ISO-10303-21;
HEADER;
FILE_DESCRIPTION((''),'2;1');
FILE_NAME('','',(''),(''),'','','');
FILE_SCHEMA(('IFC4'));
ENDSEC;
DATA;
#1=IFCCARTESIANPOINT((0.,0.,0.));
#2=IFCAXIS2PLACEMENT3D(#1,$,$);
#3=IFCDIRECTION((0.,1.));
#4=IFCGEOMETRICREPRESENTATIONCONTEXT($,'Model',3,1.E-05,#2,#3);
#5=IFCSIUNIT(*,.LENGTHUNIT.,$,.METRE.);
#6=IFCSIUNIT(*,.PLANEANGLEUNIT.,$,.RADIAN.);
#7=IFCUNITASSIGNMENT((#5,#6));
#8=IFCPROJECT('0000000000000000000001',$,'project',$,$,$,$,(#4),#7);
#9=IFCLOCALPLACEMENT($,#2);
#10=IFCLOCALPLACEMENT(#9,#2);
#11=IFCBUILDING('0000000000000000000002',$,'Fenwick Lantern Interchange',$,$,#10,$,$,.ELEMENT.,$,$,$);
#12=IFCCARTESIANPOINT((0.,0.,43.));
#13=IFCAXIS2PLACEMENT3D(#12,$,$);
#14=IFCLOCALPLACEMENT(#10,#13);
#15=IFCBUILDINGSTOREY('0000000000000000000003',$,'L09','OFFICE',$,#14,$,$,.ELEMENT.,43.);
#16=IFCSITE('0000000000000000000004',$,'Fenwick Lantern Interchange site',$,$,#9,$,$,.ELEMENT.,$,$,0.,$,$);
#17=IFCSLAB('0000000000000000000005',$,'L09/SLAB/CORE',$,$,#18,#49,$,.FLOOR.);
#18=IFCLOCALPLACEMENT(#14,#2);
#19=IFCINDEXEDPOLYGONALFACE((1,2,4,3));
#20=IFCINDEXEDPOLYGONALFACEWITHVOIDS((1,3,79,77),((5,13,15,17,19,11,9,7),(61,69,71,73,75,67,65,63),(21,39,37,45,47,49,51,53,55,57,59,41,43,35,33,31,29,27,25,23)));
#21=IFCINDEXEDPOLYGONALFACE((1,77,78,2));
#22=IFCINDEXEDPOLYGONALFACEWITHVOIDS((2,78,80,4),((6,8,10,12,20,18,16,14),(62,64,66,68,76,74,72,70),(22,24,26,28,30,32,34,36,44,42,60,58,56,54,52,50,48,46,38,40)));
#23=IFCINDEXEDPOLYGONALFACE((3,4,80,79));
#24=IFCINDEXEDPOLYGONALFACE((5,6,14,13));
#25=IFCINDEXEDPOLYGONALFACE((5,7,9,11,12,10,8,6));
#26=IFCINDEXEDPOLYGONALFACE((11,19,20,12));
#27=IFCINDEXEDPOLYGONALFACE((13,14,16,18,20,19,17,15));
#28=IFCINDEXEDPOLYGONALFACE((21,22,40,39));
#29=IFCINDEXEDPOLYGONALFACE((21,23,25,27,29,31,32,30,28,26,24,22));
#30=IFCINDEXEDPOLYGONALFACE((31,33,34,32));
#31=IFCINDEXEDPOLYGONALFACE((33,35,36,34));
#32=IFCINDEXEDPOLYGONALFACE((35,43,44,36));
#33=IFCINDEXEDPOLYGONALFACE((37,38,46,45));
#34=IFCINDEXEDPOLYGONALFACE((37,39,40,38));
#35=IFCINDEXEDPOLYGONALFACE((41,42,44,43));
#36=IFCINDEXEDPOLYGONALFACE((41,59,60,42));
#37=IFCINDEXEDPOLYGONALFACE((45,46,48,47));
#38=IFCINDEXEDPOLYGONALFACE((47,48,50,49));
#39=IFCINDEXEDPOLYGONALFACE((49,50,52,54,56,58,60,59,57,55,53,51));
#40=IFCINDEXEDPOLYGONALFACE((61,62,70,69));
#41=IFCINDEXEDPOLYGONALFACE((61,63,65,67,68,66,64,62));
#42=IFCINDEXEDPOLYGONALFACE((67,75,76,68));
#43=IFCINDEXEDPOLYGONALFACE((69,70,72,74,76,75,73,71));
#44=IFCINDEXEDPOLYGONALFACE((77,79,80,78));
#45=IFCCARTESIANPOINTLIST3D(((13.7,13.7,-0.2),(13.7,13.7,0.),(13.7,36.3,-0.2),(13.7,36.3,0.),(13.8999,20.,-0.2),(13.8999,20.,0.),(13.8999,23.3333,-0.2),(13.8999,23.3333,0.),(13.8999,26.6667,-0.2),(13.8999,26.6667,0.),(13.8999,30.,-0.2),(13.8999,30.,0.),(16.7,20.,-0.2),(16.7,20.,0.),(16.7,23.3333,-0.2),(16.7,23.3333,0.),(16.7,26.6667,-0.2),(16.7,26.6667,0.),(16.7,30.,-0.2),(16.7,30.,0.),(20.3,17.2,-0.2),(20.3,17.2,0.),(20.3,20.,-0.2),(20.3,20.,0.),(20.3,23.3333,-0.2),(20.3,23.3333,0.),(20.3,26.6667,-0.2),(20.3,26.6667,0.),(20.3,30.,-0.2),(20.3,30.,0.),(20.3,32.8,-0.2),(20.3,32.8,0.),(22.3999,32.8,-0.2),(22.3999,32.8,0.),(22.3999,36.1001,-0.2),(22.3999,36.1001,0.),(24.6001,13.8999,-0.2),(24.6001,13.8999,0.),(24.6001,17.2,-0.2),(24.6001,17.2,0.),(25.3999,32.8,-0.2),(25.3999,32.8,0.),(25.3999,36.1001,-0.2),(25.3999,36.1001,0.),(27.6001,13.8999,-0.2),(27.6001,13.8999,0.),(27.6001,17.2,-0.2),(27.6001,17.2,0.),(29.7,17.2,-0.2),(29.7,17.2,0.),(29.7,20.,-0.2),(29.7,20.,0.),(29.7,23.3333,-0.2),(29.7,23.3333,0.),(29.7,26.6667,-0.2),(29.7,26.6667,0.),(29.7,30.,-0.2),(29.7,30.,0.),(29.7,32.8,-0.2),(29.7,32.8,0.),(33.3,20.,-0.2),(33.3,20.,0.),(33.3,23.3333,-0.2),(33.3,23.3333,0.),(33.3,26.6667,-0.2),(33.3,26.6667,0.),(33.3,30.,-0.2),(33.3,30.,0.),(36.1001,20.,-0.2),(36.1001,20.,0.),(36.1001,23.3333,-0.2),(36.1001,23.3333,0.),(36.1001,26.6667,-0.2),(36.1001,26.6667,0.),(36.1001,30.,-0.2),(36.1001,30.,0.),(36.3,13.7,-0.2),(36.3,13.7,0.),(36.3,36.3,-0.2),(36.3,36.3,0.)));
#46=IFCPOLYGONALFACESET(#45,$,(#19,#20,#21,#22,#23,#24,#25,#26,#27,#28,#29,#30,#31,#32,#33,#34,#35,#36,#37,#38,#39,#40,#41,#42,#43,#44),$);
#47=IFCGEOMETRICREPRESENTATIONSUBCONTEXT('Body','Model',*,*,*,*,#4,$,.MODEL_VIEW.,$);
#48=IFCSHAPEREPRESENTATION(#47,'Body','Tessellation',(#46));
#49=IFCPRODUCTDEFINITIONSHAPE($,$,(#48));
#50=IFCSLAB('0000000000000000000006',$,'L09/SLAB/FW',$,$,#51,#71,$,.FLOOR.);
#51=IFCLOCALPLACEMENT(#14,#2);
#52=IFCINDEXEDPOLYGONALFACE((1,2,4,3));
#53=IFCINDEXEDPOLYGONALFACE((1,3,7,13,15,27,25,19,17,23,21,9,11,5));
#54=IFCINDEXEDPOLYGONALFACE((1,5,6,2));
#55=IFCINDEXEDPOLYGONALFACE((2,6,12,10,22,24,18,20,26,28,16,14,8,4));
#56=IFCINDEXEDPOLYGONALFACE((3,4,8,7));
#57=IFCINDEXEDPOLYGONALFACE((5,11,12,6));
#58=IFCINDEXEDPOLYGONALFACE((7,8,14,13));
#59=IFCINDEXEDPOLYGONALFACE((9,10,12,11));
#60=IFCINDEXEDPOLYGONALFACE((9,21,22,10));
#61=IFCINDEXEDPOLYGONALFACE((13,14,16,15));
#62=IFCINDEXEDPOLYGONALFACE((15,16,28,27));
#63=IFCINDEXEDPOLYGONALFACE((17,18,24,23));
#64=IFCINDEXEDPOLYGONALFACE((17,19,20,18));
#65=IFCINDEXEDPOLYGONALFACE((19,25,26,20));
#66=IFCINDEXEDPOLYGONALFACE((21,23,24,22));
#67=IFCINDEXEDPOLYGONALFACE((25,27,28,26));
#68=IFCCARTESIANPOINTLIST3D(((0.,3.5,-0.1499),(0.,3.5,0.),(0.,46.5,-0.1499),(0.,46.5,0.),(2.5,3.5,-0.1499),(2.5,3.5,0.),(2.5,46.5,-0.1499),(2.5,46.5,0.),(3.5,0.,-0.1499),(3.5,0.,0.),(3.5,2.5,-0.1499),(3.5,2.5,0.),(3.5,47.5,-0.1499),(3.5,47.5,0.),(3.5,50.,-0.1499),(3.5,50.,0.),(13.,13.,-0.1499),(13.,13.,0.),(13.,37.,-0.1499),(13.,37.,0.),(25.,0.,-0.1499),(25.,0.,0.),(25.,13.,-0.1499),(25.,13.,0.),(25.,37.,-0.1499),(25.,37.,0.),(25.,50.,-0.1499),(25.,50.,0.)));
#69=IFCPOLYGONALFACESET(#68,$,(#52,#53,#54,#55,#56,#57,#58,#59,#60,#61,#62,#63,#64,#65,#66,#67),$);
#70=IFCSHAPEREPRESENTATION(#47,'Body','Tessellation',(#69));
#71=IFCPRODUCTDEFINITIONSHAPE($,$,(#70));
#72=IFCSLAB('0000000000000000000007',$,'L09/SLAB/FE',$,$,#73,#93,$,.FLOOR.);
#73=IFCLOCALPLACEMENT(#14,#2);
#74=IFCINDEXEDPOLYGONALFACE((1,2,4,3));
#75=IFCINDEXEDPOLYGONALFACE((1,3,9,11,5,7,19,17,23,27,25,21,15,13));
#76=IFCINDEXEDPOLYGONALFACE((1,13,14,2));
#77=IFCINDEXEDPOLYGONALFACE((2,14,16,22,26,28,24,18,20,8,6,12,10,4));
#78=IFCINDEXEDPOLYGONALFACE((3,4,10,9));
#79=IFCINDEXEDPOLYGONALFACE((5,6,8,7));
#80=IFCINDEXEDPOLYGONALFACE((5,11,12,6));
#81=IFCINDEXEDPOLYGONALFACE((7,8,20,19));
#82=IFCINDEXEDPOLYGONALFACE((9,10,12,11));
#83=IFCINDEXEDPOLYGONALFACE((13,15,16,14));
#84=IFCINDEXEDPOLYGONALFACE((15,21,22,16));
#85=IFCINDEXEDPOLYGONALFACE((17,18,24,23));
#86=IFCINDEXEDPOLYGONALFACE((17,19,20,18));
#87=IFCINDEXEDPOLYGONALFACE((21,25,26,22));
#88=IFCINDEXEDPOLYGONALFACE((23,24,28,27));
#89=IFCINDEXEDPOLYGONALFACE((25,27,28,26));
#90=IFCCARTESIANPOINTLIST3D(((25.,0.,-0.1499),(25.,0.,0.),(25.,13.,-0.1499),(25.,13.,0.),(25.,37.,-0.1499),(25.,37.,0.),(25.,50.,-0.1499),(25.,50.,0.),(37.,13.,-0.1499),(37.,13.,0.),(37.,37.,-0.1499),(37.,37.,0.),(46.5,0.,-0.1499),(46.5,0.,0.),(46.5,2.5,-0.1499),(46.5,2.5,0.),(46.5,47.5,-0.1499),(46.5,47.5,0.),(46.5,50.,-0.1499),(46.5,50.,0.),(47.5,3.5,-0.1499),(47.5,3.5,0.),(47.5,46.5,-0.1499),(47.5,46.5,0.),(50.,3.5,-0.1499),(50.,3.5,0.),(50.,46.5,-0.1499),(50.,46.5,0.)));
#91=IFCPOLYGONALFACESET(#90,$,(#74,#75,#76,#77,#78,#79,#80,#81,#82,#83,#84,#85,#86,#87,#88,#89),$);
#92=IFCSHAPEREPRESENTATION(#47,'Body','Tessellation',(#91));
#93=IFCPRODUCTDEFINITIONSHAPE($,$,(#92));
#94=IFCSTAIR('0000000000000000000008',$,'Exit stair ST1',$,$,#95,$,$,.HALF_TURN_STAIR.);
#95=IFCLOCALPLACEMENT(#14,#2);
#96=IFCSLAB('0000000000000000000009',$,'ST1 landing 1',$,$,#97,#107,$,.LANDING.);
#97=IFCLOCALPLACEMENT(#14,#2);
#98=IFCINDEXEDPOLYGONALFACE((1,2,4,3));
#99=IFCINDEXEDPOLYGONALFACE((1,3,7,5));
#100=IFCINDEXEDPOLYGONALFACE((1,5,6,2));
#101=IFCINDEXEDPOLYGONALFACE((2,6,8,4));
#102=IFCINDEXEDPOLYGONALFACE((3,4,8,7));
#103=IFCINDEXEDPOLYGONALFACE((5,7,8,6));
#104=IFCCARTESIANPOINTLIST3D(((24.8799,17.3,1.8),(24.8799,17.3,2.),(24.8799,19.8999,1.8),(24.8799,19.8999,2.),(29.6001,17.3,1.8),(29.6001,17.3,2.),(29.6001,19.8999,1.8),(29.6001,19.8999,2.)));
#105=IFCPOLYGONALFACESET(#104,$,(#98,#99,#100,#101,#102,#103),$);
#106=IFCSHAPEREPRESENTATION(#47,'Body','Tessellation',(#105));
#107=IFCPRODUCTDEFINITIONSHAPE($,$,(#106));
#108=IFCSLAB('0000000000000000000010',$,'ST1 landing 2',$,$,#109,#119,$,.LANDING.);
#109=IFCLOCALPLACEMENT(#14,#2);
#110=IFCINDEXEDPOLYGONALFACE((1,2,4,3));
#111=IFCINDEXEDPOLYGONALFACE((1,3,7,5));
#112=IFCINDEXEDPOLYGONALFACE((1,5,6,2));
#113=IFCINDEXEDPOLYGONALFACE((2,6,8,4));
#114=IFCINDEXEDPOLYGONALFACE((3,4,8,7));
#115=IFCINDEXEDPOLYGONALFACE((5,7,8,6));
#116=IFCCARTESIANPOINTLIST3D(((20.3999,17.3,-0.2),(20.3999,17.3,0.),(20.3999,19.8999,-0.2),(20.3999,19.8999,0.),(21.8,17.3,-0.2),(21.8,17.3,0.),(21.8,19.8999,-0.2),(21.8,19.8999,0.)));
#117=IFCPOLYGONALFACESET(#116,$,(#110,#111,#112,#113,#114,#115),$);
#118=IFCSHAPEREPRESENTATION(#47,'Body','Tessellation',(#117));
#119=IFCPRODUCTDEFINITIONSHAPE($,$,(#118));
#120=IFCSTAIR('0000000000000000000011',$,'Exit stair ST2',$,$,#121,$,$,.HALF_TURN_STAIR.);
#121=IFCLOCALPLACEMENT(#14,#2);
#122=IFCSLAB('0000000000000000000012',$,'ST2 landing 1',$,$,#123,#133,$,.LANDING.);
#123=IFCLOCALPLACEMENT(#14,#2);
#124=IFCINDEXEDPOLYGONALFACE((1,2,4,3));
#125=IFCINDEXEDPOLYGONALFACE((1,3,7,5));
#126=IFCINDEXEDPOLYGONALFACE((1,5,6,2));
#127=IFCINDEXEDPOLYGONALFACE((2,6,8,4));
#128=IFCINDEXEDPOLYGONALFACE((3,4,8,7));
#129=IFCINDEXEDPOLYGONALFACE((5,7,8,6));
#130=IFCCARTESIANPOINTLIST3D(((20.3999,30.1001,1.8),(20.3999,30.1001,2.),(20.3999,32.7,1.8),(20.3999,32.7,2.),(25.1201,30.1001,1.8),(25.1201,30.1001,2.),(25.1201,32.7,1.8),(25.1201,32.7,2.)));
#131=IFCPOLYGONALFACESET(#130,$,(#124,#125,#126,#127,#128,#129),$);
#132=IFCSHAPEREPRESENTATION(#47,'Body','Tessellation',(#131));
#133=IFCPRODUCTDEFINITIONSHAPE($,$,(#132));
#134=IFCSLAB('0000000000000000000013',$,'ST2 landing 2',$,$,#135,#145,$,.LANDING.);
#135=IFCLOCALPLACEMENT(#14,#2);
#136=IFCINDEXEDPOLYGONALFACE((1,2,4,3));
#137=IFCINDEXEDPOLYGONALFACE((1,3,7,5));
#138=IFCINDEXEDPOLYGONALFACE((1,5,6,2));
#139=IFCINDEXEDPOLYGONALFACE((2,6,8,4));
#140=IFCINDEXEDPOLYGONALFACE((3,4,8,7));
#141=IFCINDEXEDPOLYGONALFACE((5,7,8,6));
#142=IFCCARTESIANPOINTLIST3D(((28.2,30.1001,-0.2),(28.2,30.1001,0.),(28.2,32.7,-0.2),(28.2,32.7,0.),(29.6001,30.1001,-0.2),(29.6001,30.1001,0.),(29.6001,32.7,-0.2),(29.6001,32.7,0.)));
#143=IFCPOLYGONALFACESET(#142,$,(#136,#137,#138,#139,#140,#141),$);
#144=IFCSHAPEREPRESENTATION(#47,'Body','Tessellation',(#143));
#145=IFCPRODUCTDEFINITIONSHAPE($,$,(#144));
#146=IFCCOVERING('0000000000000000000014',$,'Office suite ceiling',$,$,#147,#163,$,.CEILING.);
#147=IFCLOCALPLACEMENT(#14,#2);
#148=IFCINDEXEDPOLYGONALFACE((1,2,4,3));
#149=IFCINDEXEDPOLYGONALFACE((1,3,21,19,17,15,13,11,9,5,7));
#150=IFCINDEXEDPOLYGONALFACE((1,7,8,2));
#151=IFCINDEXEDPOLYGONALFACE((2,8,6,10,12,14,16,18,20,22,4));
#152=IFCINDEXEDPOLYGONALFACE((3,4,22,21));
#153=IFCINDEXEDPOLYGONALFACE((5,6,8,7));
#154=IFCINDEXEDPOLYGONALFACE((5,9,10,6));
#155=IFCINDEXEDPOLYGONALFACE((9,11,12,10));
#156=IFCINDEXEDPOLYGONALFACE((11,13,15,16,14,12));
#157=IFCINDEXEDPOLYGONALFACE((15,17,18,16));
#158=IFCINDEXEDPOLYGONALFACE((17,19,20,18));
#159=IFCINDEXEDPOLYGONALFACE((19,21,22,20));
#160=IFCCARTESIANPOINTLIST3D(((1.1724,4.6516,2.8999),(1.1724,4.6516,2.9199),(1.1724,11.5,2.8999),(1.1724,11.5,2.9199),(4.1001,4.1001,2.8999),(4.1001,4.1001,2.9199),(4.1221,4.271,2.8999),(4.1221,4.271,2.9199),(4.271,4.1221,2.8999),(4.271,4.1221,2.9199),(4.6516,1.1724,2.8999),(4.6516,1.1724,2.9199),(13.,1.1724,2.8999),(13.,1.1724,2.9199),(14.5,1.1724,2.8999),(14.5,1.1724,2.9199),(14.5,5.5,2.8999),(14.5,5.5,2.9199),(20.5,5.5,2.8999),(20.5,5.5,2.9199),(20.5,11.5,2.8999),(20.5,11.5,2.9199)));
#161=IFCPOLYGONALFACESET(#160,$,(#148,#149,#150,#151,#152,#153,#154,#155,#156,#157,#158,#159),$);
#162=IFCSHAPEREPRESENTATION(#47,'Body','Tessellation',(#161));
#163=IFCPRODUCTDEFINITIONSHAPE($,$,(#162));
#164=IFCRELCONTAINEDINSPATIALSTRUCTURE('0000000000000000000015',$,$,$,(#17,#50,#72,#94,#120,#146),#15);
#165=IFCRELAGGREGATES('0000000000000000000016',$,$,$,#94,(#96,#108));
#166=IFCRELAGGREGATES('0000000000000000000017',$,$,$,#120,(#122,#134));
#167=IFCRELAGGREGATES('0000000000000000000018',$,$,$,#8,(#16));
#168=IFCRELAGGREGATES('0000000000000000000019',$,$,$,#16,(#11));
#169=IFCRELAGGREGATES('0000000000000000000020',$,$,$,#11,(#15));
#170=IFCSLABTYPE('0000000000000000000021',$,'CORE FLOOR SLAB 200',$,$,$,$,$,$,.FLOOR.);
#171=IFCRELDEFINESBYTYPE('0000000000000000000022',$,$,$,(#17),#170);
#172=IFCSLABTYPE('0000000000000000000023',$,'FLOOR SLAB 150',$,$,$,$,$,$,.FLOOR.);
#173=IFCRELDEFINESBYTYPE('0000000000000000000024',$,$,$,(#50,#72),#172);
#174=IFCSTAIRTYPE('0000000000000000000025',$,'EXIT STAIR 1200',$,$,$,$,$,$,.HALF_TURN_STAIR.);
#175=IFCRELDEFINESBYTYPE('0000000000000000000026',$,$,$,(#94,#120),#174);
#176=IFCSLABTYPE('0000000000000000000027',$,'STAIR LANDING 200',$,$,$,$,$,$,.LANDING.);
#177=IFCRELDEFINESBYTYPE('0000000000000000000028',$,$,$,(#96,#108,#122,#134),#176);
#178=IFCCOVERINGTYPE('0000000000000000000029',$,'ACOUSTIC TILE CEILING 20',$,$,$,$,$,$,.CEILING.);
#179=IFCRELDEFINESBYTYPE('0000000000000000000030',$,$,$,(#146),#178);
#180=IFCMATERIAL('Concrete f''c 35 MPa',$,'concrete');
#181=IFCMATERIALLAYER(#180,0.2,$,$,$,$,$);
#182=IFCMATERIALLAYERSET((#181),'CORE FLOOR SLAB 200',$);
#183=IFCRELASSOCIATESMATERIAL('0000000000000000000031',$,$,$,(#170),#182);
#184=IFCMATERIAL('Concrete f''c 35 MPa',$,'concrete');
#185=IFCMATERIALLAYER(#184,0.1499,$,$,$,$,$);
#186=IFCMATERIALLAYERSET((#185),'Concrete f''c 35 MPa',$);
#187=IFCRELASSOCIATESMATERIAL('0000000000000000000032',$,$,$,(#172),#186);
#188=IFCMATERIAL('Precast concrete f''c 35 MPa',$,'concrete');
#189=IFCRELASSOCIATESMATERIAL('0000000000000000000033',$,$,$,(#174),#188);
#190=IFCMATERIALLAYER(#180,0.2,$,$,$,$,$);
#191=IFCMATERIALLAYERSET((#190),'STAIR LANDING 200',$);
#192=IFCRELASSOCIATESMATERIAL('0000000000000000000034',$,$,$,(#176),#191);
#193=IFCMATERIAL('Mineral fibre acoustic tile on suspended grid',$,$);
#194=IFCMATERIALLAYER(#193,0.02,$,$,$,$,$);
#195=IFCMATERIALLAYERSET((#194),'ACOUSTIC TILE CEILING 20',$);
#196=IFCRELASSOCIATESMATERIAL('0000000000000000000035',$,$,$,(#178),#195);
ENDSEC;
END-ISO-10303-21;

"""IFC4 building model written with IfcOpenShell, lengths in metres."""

from ifc_helpers import new_model, si_unit, direction, frame, origin, place, context, subcontext, project, spatial, polyline, outline, extrude, material, layer, layer_set, type_object, element, aggregate, save


model = new_model("IFC4")

# Units and contexts
model_context = context("Model", 3, precision=1e-05, world=origin(), true_north=direction((0.0, 1.0)))
body_context = subcontext(model_context, "Body", "Model", "MODEL_VIEW")
ifc_project = project(units=[si_unit("LENGTHUNIT", "METRE"), si_unit("PLANEANGLEUNIT", "RADIAN")], contexts=[model_context])

# Site, building, storey
site_placement = place(None, origin())
site = spatial("IfcSite", under=ifc_project, at=site_placement, Name="Fenwick Lantern Interchange site", CompositionType="ELEMENT", RefElevation=0.0)
building_placement = place(site_placement, origin())
building = spatial("IfcBuilding", under=site, at=building_placement, Name="Fenwick Lantern Interchange", CompositionType="ELEMENT")
storey_placement = place(building_placement, frame((0.0, 0.0, 43.0)))
storey = spatial("IfcBuildingStorey", under=building, at=storey_placement, Name="L09", Description="OFFICE", CompositionType="ELEMENT", Elevation=43.0)

# Slabs
ifc_material_1 = material(Name="Concrete f'c 35 MPa", Category="concrete")
ifc_layer_1 = layer(ifc_material_1, 0.2)
ifc_layer_set_1 = layer_set([ifc_layer_1], Name="CORE FLOOR SLAB 200")
slab_type_1 = type_object("IfcSlabType", Name="CORE FLOOR SLAB 200", PredefinedType="FLOOR", material=ifc_layer_set_1)
slab_1_placement = place(storey_placement, frame((0.0, 0.0, -0.2)))
element("IfcSlab", 1, at=slab_1_placement, inside=storey, type_object=slab_type_1, Name="L09/SLAB/CORE", PredefinedType="FLOOR", context=body_context, shape_type="SweptSolid", body=[
    extrude(outline(polyline([(13.7, 36.3), (36.3, 36.3), (36.3, 13.7), (13.7, 13.7), (13.7, 36.3)]), holes=[polyline([(13.8999, 20.0), (16.7, 20.0), (16.7, 23.3333), (16.7, 26.6667), (16.7, 30.0), (13.8999, 30.0), (13.8999, 26.6667), (13.8999, 23.3333), (13.8999, 20.0)]), polyline([(20.3, 20.0), (20.3, 17.2), (24.6001, 17.2), (24.6001, 13.8999), (27.6001, 13.8999), (27.6001, 17.2), (29.7, 17.2), (29.7, 20.0), (29.7, 23.3333), (29.7, 26.6667), (29.7, 30.0), (29.7, 32.8), (25.3999, 32.8), (25.3999, 36.1001), (22.3999, 36.1001), (22.3999, 32.8), (20.3, 32.8), (20.3, 30.0), (20.3, 26.6667), (20.3, 23.3333), (20.3, 20.0)]), polyline([(33.3, 23.3333), (33.3, 20.0), (36.1001, 20.0), (36.1001, 23.3333), (36.1001, 26.6667), (36.1001, 30.0), (33.3, 30.0), (33.3, 26.6667), (33.3, 23.3333)])]), origin(), (0.0, 0.0, 1.0), 0.2),
])
ifc_material_2 = material(Name="Concrete f'c 35 MPa", Category="concrete")
ifc_layer_2 = layer(ifc_material_2, 0.1499)
ifc_layer_set_2 = layer_set([ifc_layer_2], Name="Concrete f'c 35 MPa")
slab_type_2 = type_object("IfcSlabType", Name="FLOOR SLAB 150", PredefinedType="FLOOR", material=ifc_layer_set_2)
slab_2_placement = place(storey_placement, frame((0.0, 0.0, -0.1499)))
element("IfcSlab", 2, at=slab_2_placement, inside=storey, type_object=slab_type_2, Name="L09/SLAB/FW", PredefinedType="FLOOR", context=body_context, shape_type="SweptSolid", body=[
    extrude(outline(polyline([(3.5, 0.0), (3.5, 2.5), (2.5, 3.5), (0.0, 3.5), (0.0, 46.5), (2.5, 46.5), (3.5, 47.5), (3.5, 50.0), (25.0, 50.0), (25.0, 37.0), (13.0, 37.0), (13.0, 13.0), (25.0, 13.0), (25.0, 0.0), (3.5, 0.0)])), origin(), (0.0, 0.0, 1.0), 0.1499),
])
slab_3_placement = place(storey_placement, frame((0.0, 0.0, -0.1499)))
element("IfcSlab", 3, at=slab_3_placement, inside=storey, type_object=slab_type_2, Name="L09/SLAB/FE", PredefinedType="FLOOR", context=body_context, shape_type="SweptSolid", body=[
    extrude(outline(polyline([(46.5, 50.0), (46.5, 47.5), (47.5, 46.5), (50.0, 46.5), (50.0, 3.5), (47.5, 3.5), (46.5, 2.5), (46.5, 0.0), (25.0, 0.0), (25.0, 13.0), (37.0, 13.0), (37.0, 37.0), (25.0, 37.0), (25.0, 50.0), (46.5, 50.0)])), origin(), (0.0, 0.0, 1.0), 0.1499),
])

# Stairs, slabs
ifc_material_3 = material(Name="Precast concrete f'c 35 MPa", Category="concrete")
stair_type = type_object("IfcStairType", Name="EXIT STAIR 1200", PredefinedType="HALF_TURN_STAIR", material=ifc_material_3)
stair_1_placement = place(storey_placement, origin())
stair_1 = element("IfcStair", 4, at=stair_1_placement, inside=storey, type_object=stair_type, Name="Exit stair ST1", PredefinedType="HALF_TURN_STAIR")
ifc_layer_3 = layer(ifc_material_1, 0.2)
ifc_layer_set_3 = layer_set([ifc_layer_3], Name="STAIR LANDING 200")
slab_type_3 = type_object("IfcSlabType", Name="STAIR LANDING 200", PredefinedType="LANDING", material=ifc_layer_set_3)
slab_4_placement = place(storey_placement, frame((0.0, 0.0, 1.8)))
slab_4 = element("IfcSlab", 5, at=slab_4_placement, type_object=slab_type_3, Name="ST1 landing 1", PredefinedType="LANDING", context=body_context, shape_type="SweptSolid", body=[
    extrude(outline(polyline([(24.8799, 17.3), (29.6001, 17.3), (29.6001, 19.8999), (24.8799, 19.8999), (24.8799, 17.3)])), origin(), (0.0, 0.0, 1.0), 0.2),
])
slab_5_placement = place(storey_placement, frame((0.0, 0.0, -0.2)))
slab_5 = element("IfcSlab", 6, at=slab_5_placement, type_object=slab_type_3, Name="ST1 landing 2", PredefinedType="LANDING", context=body_context, shape_type="SweptSolid", body=[
    extrude(outline(polyline([(20.3999, 17.3), (21.8, 17.3), (21.8, 19.8999), (20.3999, 19.8999), (20.3999, 17.3)])), origin(), (0.0, 0.0, 1.0), 0.2),
])
aggregate(stair_1, [slab_4, slab_5])
stair_2_placement = place(storey_placement, origin())
stair_2 = element("IfcStair", 7, at=stair_2_placement, inside=storey, type_object=stair_type, Name="Exit stair ST2", PredefinedType="HALF_TURN_STAIR")
slab_6_placement = place(storey_placement, frame((0.0, 0.0, 1.8)))
slab_6 = element("IfcSlab", 8, at=slab_6_placement, type_object=slab_type_3, Name="ST2 landing 1", PredefinedType="LANDING", context=body_context, shape_type="SweptSolid", body=[
    extrude(outline(polyline([(25.1201, 32.7), (20.3999, 32.7), (20.3999, 30.1001), (25.1201, 30.1001), (25.1201, 32.7)])), origin(), (0.0, 0.0, 1.0), 0.2),
])
slab_7_placement = place(storey_placement, frame((0.0, 0.0, -0.2)))
slab_7 = element("IfcSlab", 9, at=slab_7_placement, type_object=slab_type_3, Name="ST2 landing 2", PredefinedType="LANDING", context=body_context, shape_type="SweptSolid", body=[
    extrude(outline(polyline([(29.6001, 32.7), (28.2, 32.7), (28.2, 30.1001), (29.6001, 30.1001), (29.6001, 32.7)])), origin(), (0.0, 0.0, 1.0), 0.2),
])
aggregate(stair_2, [slab_6, slab_7])

# Covering
ifc_material_4 = material(Name="Mineral fibre acoustic tile on suspended grid")
ifc_layer_4 = layer(ifc_material_4, 0.02)
ifc_layer_set_4 = layer_set([ifc_layer_4], Name="ACOUSTIC TILE CEILING 20")
covering_type_1 = type_object("IfcCoveringType", Name="ACOUSTIC TILE CEILING 20", PredefinedType="CEILING", material=ifc_layer_set_4)
covering_1_placement = place(storey_placement, frame((0.0, 0.0, 2.8999)))
element("IfcCovering", 10, at=covering_1_placement, inside=storey, type_object=covering_type_1, Name="Office suite ceiling", PredefinedType="CEILING", context=body_context, shape_type="SweptSolid", body=[
    extrude(outline(polyline([(20.5, 11.5), (1.1724, 11.5), (1.1724, 4.6516), (4.1221, 4.271), (4.1001, 4.1001), (4.271, 4.1221), (4.6516, 1.1724), (13.0, 1.1724), (14.5, 1.1724), (14.5, 5.5), (20.5, 5.5), (20.5, 11.5)])), origin(), (0.0, 0.0, 1.0), 0.02),
])

save(model, "model.ifc")
